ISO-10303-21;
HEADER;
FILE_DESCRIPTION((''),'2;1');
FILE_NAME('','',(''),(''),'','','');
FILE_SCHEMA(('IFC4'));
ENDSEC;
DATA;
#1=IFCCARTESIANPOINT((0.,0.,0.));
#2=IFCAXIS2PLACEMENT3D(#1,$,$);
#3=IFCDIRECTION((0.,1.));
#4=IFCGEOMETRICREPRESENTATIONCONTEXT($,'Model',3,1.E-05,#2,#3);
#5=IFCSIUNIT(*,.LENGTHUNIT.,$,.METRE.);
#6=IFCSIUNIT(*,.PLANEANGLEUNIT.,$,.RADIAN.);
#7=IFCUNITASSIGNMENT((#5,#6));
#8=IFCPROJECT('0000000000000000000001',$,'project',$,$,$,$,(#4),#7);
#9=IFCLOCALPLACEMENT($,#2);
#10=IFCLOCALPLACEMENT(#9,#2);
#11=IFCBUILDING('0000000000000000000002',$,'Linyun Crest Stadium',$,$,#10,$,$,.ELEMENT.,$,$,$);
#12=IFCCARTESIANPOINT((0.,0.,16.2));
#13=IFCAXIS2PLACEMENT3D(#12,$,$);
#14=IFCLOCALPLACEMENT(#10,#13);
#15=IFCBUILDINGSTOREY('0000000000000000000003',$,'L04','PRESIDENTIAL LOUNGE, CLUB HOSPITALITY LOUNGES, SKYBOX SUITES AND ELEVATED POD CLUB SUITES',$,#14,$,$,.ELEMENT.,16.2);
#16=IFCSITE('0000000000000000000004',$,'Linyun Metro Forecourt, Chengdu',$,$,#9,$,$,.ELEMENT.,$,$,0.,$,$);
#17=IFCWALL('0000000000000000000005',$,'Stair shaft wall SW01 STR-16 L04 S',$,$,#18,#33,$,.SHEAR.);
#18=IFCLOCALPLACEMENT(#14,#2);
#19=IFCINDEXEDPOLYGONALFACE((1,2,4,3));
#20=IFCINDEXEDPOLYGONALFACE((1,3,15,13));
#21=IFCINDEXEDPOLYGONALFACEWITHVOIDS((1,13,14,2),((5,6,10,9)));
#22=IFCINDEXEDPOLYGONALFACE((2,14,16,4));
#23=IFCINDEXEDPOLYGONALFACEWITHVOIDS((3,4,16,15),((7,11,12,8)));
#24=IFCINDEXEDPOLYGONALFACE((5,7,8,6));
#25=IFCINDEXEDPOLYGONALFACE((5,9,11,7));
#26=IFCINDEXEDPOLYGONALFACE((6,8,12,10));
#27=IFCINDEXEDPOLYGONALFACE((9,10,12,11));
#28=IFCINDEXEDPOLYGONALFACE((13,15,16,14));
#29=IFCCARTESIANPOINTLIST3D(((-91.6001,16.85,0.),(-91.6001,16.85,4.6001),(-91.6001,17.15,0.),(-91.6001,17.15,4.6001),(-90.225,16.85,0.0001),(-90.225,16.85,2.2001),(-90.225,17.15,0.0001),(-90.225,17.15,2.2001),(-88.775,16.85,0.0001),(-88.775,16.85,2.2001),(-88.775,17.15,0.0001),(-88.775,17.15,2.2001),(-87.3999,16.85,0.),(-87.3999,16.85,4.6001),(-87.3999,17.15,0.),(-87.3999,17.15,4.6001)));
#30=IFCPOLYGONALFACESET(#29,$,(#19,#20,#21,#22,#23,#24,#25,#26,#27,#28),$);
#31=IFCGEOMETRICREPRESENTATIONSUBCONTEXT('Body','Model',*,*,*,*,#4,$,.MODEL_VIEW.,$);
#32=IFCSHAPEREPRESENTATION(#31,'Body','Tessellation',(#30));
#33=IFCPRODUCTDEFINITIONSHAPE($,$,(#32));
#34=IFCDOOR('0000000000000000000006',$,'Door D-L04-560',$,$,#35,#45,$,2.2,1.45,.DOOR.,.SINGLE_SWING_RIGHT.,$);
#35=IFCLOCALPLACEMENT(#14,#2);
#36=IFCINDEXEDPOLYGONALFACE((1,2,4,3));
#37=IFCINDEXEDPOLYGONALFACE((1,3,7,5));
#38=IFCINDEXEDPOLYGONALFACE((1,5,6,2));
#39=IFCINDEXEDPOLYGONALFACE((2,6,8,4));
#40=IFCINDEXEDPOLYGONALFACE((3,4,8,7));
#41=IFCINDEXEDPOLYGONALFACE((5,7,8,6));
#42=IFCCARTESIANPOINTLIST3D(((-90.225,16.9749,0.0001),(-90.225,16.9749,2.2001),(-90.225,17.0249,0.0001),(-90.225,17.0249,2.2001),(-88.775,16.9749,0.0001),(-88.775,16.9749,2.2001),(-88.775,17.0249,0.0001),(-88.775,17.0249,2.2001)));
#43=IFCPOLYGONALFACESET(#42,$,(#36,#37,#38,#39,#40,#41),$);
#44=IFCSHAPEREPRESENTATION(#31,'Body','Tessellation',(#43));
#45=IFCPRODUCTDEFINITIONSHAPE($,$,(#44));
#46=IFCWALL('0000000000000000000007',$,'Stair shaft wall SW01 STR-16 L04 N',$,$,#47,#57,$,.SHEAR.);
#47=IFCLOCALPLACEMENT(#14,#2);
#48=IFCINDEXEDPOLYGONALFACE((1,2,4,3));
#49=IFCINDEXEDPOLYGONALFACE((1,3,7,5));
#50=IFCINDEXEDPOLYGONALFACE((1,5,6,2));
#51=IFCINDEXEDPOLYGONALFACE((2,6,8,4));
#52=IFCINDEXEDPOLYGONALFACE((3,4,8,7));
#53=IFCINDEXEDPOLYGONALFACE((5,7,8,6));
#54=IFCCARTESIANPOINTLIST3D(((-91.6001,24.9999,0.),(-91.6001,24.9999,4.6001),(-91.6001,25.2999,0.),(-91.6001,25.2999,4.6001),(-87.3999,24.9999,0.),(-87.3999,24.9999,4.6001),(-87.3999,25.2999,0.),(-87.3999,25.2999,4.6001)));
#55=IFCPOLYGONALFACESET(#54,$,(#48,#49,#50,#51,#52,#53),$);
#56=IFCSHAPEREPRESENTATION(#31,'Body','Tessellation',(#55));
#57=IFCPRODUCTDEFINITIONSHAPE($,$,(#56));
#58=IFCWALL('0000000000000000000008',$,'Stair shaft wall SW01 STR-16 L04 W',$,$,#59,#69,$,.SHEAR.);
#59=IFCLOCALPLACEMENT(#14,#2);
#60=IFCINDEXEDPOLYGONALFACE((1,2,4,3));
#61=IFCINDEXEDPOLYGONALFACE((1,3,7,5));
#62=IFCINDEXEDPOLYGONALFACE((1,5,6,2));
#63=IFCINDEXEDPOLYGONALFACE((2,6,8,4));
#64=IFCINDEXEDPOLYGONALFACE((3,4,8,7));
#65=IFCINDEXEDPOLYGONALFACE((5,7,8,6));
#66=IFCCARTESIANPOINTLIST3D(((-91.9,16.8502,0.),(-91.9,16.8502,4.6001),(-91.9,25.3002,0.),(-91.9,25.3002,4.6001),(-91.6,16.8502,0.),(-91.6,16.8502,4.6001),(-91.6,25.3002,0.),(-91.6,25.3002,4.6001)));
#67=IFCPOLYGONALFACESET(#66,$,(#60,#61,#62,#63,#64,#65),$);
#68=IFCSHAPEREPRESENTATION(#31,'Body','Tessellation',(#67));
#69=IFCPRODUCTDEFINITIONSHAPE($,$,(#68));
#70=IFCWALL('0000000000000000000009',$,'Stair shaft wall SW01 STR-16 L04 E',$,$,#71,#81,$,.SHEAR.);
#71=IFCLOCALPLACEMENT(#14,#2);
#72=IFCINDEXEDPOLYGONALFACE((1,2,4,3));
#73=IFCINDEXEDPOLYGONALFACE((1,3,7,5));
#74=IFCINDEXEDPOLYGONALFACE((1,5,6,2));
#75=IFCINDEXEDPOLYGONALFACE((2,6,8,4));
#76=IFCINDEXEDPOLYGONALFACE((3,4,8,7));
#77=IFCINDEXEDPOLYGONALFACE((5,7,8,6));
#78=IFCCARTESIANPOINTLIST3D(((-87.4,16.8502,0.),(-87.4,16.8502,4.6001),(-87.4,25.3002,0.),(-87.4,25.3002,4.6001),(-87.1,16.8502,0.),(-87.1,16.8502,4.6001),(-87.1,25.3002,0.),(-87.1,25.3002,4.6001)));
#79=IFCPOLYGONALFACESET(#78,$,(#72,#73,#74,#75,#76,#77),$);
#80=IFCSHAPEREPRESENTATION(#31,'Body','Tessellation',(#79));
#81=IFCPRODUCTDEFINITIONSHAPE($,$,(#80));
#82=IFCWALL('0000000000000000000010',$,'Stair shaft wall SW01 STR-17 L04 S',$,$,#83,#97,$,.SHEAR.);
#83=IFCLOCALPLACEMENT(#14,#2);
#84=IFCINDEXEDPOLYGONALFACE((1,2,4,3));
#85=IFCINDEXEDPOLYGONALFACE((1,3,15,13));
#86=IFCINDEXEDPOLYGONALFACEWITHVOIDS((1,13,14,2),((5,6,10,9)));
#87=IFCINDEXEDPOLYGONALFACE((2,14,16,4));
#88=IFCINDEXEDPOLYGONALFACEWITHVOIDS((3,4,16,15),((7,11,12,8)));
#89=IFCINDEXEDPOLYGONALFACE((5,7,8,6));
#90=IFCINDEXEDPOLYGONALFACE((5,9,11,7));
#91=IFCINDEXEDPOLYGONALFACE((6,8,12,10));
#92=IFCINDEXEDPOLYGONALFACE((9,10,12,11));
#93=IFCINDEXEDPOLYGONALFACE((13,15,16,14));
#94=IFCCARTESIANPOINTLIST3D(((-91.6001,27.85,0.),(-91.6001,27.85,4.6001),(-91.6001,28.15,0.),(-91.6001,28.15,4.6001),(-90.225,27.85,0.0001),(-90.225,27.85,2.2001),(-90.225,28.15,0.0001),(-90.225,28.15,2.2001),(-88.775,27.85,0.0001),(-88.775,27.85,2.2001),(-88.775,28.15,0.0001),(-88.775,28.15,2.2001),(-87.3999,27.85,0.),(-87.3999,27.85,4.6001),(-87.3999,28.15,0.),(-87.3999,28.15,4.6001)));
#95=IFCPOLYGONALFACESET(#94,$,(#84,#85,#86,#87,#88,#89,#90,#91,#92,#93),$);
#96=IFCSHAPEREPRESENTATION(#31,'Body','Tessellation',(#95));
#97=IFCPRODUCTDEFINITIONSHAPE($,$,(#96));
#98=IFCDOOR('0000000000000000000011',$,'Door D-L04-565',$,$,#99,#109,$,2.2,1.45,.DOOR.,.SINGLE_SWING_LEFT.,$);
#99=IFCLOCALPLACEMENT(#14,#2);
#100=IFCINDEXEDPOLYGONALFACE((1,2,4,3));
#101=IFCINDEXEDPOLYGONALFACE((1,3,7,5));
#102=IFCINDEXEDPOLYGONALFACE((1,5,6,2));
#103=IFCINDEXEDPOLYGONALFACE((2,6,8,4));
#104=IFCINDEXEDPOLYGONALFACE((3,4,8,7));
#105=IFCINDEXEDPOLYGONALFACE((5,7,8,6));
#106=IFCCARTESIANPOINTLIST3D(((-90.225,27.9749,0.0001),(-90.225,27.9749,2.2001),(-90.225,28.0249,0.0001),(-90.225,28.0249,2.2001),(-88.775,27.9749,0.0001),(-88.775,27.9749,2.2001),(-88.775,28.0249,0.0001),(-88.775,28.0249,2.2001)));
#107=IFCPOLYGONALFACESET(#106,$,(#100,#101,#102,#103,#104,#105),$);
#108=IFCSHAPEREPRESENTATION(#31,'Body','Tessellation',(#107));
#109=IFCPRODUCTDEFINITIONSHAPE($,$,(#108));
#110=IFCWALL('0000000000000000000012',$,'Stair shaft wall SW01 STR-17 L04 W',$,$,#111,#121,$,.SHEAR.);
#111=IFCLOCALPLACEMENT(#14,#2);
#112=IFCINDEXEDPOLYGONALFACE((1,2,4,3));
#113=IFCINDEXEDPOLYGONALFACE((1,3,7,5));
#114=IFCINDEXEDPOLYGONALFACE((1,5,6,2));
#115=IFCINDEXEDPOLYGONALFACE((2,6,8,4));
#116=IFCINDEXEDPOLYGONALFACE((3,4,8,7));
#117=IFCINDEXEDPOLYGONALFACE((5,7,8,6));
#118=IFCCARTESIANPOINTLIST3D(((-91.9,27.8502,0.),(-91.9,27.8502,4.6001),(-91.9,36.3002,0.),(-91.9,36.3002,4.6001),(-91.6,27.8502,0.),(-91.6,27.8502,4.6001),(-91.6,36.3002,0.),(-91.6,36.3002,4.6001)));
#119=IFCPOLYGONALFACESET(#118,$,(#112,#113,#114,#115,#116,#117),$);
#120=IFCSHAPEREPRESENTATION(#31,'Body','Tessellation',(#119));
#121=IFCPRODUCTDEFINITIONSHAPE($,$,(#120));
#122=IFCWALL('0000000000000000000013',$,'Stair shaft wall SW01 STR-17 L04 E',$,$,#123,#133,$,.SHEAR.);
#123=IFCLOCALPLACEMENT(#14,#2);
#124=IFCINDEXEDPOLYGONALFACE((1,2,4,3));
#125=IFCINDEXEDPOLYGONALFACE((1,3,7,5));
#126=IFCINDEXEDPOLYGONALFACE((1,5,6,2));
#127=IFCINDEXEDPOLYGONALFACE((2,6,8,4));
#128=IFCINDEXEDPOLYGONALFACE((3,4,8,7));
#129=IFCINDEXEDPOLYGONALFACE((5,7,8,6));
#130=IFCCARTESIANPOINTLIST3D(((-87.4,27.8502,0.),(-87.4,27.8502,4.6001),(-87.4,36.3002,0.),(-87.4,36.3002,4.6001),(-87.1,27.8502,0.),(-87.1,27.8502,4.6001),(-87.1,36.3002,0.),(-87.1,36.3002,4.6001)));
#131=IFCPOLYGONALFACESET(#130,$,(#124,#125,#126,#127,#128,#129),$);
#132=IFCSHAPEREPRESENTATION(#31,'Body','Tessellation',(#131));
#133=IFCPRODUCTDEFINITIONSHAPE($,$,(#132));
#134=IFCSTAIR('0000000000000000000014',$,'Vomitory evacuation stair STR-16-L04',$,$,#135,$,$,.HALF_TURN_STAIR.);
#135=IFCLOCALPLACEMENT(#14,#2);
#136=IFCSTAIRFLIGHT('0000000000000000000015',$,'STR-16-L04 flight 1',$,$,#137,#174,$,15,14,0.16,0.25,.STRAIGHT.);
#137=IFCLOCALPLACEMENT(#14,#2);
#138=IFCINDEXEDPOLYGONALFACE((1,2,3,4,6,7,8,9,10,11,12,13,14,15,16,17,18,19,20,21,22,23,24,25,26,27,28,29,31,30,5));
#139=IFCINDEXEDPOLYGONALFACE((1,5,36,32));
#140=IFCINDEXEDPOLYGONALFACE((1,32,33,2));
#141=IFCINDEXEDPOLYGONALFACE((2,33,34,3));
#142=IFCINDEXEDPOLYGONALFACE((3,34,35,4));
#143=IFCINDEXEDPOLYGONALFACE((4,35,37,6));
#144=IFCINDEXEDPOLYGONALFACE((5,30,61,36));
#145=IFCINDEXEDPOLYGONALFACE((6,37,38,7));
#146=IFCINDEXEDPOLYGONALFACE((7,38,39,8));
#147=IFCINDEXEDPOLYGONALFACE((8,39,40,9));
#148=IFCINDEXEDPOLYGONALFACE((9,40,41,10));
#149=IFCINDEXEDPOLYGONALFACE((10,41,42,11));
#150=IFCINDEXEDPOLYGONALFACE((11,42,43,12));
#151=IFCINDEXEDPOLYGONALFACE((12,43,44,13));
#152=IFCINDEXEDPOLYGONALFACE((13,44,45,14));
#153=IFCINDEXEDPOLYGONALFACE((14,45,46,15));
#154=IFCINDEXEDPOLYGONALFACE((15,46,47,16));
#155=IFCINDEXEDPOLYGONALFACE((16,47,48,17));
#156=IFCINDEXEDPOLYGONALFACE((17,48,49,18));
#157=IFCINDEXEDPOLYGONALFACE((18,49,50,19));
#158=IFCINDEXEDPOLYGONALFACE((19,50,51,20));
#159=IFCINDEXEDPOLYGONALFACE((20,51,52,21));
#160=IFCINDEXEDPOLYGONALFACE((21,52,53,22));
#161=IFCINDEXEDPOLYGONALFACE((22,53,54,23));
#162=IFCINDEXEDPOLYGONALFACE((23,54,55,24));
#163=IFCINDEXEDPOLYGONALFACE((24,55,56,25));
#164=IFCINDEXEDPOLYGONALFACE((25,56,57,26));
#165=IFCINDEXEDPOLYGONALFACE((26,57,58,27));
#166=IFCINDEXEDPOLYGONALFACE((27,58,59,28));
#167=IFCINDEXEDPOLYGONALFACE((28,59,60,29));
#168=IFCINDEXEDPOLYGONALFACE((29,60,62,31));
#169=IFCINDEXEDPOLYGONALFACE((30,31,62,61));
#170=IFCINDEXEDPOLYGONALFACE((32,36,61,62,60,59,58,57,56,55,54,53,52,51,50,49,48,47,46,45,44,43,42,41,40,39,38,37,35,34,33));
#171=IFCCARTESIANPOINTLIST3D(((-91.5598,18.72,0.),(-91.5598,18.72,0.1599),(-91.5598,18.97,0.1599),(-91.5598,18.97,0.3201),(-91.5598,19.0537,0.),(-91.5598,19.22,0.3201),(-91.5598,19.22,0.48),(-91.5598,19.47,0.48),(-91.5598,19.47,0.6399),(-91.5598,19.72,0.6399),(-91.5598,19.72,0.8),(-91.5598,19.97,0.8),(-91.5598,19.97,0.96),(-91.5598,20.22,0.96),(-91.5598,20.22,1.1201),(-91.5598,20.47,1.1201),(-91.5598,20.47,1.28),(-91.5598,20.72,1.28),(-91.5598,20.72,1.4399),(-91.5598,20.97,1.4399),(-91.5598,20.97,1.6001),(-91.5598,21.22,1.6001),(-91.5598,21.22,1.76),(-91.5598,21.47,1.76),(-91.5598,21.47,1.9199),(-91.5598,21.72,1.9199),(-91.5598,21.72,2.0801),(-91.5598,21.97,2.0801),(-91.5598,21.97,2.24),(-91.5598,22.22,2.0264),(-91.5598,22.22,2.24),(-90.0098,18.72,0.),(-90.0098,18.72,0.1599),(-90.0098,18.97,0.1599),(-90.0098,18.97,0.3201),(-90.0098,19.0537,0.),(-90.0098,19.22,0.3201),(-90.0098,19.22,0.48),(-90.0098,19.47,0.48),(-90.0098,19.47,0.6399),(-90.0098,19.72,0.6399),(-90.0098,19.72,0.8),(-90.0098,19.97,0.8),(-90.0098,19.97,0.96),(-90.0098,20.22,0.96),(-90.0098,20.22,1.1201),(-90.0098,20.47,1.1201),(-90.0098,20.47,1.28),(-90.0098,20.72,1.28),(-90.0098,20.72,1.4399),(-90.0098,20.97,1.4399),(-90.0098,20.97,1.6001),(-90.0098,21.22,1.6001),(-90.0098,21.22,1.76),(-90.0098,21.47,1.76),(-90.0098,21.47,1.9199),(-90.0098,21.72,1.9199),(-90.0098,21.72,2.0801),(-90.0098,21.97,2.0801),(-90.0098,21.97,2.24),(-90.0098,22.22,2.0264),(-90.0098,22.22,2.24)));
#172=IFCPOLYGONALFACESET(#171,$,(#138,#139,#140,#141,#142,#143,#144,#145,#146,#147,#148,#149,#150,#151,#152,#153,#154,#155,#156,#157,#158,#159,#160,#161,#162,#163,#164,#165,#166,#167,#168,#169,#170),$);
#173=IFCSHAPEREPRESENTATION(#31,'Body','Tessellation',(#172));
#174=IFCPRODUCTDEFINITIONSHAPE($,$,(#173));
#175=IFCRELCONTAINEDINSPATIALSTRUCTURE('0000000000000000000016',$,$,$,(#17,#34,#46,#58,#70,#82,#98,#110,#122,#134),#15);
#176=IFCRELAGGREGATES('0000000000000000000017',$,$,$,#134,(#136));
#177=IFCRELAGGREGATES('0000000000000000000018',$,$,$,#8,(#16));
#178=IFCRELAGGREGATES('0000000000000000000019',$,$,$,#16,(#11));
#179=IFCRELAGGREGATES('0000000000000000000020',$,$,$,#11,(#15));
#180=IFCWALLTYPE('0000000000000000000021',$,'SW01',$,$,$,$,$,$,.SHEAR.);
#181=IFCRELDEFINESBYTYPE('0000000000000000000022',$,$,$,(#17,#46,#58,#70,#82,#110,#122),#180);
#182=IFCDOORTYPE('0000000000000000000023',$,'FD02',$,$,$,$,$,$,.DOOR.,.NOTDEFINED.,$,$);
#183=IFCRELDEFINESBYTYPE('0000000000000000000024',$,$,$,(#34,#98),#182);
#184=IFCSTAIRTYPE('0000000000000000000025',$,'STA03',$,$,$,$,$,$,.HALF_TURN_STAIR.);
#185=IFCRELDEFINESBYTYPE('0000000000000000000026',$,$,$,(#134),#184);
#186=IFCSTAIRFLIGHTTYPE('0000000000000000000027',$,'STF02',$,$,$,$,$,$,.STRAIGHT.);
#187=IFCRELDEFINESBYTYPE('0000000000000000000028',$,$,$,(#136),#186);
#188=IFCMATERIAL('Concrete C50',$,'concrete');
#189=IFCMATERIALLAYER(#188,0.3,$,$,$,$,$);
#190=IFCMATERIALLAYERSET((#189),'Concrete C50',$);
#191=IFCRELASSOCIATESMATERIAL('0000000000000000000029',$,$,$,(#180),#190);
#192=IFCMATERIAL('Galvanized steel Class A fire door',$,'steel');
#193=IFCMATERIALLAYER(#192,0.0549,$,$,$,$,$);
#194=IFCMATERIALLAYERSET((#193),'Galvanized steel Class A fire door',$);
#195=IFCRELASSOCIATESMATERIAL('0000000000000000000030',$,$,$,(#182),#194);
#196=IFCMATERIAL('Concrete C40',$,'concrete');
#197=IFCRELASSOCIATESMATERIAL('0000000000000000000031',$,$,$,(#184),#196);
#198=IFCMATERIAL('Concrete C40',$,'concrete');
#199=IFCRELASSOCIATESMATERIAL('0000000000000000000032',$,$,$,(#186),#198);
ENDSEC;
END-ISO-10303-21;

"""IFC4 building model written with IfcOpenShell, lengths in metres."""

from ifc_helpers import new_model, si_unit, direction, frame, frame_2d, origin, place, context, subcontext, project, spatial, polyline, rectangle, outline, extrude, material, layer, layer_set, type_object, element, fill, aggregate, save


model = new_model("IFC4")

# Units and contexts
model_context = context("Model", 3, precision=1e-05, world=origin(), true_north=direction((0.0, 1.0)))
body_context = subcontext(model_context, "Body", "Model", "MODEL_VIEW")
ifc_project = project(units=[si_unit("LENGTHUNIT", "METRE"), si_unit("PLANEANGLEUNIT", "RADIAN")], contexts=[model_context])

# Site, building, storey
site_placement = place(None, origin())
site = spatial("IfcSite", under=ifc_project, at=site_placement, Name="Linyun Metro Forecourt, Chengdu", CompositionType="ELEMENT", RefElevation=0.0)
building_placement = place(site_placement, origin())
building = spatial("IfcBuilding", under=site, at=building_placement, Name="Linyun Crest Stadium", CompositionType="ELEMENT")
storey_placement = place(building_placement, frame((0.0, 0.0, 16.2)))
storey = spatial("IfcBuildingStorey", under=building, at=storey_placement, Name="L04", Description="PRESIDENTIAL LOUNGE, CLUB HOSPITALITY LOUNGES, SKYBOX SUITES AND ELEVATED POD CLUB SUITES", CompositionType="ELEMENT", Elevation=16.2)

# Wall, opening, door
ifc_material_1 = material(Name="Concrete C50", Category="concrete")
ifc_layer_1 = layer(ifc_material_1, 0.3)
ifc_layer_set_1 = layer_set([ifc_layer_1], Name="Concrete C50")
wall_type = type_object("IfcWallType", Name="SW01", PredefinedType="SHEAR", material=ifc_layer_set_1)
wall_1_placement = place(storey_placement, frame((-91.6001, 17.0, 0.0), z_axis=(0.0, 0.0, 1.0), x_axis=(1.0, 0.0, 0.0)))
wall_1 = element("IfcWall", 1, at=wall_1_placement, inside=storey, type_object=wall_type, Name="Stair shaft wall SW01 STR-16 L04 S", PredefinedType="SHEAR", context=body_context, shape_type="SweptSolid", body=[
    extrude(rectangle(XDim=4.2002, YDim=0.3, at=frame_2d((2.1001, 0.0))), origin(), (0.0, 0.0, 1.0), 4.6001),
])
opening_1_placement = place(wall_1_placement, frame((1.375, 0.0, 0.0)))
opening_1 = element("IfcOpeningElement", 2, at=opening_1_placement, cuts=wall_1, PredefinedType="OPENING", context=body_context, shape_type="SweptSolid", body=[
    extrude(rectangle(XDim=1.45, YDim=2.2, at=frame_2d((0.7251, 1.1001))), frame((0.0, 0.1599, 0.0), z_axis=(0.0, -1.0, 0.0), x_axis=(1.0, 0.0, 0.0)), (0.0, 0.0, 1.0), 0.3201),
])
ifc_material_2 = material(Name="Galvanized steel Class A fire door", Category="steel")
ifc_layer_2 = layer(ifc_material_2, 0.0549)
ifc_layer_set_2 = layer_set([ifc_layer_2], Name="Galvanized steel Class A fire door")
door_type = type_object("IfcDoorType", Name="FD02", OperationType="NOTDEFINED", PredefinedType="DOOR", material=ifc_layer_set_2)
door_1_placement = place(opening_1_placement, origin())
door_1 = element("IfcDoor", 3, at=door_1_placement, inside=storey, type_object=door_type, Name="Door D-L04-560", OperationType="SINGLE_SWING_RIGHT", OverallHeight=2.2, OverallWidth=1.45, PredefinedType="DOOR", context=body_context, shape_type="SweptSolid", body=[
    extrude(rectangle(XDim=1.45, YDim=2.2, at=frame_2d((0.7251, 1.1001))), frame((0.0, 0.0249, 0.0), z_axis=(0.0, -1.0, 0.0), x_axis=(1.0, 0.0, 0.0)), (0.0, 0.0, 1.0), 0.05),
])
fill(opening_1, door_1)

# Walls
wall_2_placement = place(storey_placement, frame((-91.6001, 25.1499, 0.0), z_axis=(0.0, 0.0, 1.0), x_axis=(1.0, 0.0, 0.0)))
element("IfcWall", 4, at=wall_2_placement, inside=storey, type_object=wall_type, Name="Stair shaft wall SW01 STR-16 L04 N", PredefinedType="SHEAR", context=body_context, shape_type="SweptSolid", body=[
    extrude(rectangle(XDim=4.2002, YDim=0.3, at=frame_2d((2.1001, 0.0))), origin(), (0.0, 0.0, 1.0), 4.6001),
])
for number, where, z_axis, x_axis, name in (
    (5, (-91.75, 16.8501, 0.0), (0.0, 0.0, 1.0), (0.0, 1.0, 0.0), "Stair shaft wall SW01 STR-16 L04 W"),
    (6, (-87.25, 16.8501, 0.0), (0.0, 0.0, 1.0), (0.0, 1.0, 0.0), "Stair shaft wall SW01 STR-16 L04 E"),
):
    element("IfcWall", number, at=place(storey_placement, frame(where, z_axis=z_axis, x_axis=x_axis)), inside=storey, type_object=wall_type, Name=name, PredefinedType="SHEAR", context=body_context, shape_type="SweptSolid", body=[
        extrude(rectangle(XDim=8.45, YDim=0.3, at=frame_2d((4.2251, 0.0))), origin(), (0.0, 0.0, 1.0), 4.6001),
    ])

# Wall, opening, door
wall_3_placement = place(storey_placement, frame((-91.6001, 28.0, 0.0), z_axis=(0.0, 0.0, 1.0), x_axis=(1.0, 0.0, 0.0)))
wall_3 = element("IfcWall", 7, at=wall_3_placement, inside=storey, type_object=wall_type, Name="Stair shaft wall SW01 STR-17 L04 S", PredefinedType="SHEAR", context=body_context, shape_type="SweptSolid", body=[
    extrude(rectangle(XDim=4.2002, YDim=0.3, at=frame_2d((2.1001, 0.0))), origin(), (0.0, 0.0, 1.0), 4.6001),
])
opening_2_placement = place(wall_3_placement, frame((1.375, 0.0, 0.0)))
opening_2 = element("IfcOpeningElement", 8, at=opening_2_placement, cuts=wall_3, PredefinedType="OPENING", context=body_context, shape_type="SweptSolid", body=[
    extrude(rectangle(XDim=1.45, YDim=2.2, at=frame_2d((0.7251, 1.1001))), frame((0.0, 0.1599, 0.0), z_axis=(0.0, -1.0, 0.0), x_axis=(1.0, 0.0, 0.0)), (0.0, 0.0, 1.0), 0.3201),
])
door_2_placement = place(opening_2_placement, origin())
door_2 = element("IfcDoor", 9, at=door_2_placement, inside=storey, type_object=door_type, Name="Door D-L04-565", OperationType="SINGLE_SWING_LEFT", OverallHeight=2.2, OverallWidth=1.45, PredefinedType="DOOR", context=body_context, shape_type="SweptSolid", body=[
    extrude(rectangle(XDim=1.45, YDim=2.2, at=frame_2d((0.7251, 1.1001))), frame((0.0, 0.0249, 0.0), z_axis=(0.0, -1.0, 0.0), x_axis=(1.0, 0.0, 0.0)), (0.0, 0.0, 1.0), 0.05),
])
fill(opening_2, door_2)

# Walls
for number, where, z_axis, x_axis, name in (
    (10, (-91.75, 27.8501, 0.0), (0.0, 0.0, 1.0), (0.0, 1.0, 0.0), "Stair shaft wall SW01 STR-17 L04 W"),
    (11, (-87.25, 27.8501, 0.0), (0.0, 0.0, 1.0), (0.0, 1.0, 0.0), "Stair shaft wall SW01 STR-17 L04 E"),
):
    element("IfcWall", number, at=place(storey_placement, frame(where, z_axis=z_axis, x_axis=x_axis)), inside=storey, type_object=wall_type, Name=name, PredefinedType="SHEAR", context=body_context, shape_type="SweptSolid", body=[
        extrude(rectangle(XDim=8.45, YDim=0.3, at=frame_2d((4.2251, 0.0))), origin(), (0.0, 0.0, 1.0), 4.6001),
    ])

# Stair, stair flight
ifc_material_3 = material(Name="Concrete C40", Category="concrete")
stair_type = type_object("IfcStairType", Name="STA03", PredefinedType="HALF_TURN_STAIR", material=ifc_material_3)
stair_1_placement = place(storey_placement, origin())
stair_1 = element("IfcStair", 12, at=stair_1_placement, inside=storey, type_object=stair_type, Name="Vomitory evacuation stair STR-16-L04", PredefinedType="HALF_TURN_STAIR")
ifc_material_4 = material(Name="Concrete C40", Category="concrete")
stair_flight_type = type_object("IfcStairFlightType", Name="STF02", PredefinedType="STRAIGHT", material=ifc_material_4)
stair_flight_1_placement = place(storey_placement, frame((-90.7849, 18.72, 0.0), z_axis=(0.0, 0.0, 1.0), x_axis=(0.0, 1.0, 0.0)))
stair_flight_1 = element("IfcStairFlight", 13, at=stair_flight_1_placement, type_object=stair_flight_type, Name="STR-16-L04 flight 1", NumberOfRisers=15, NumberOfTreads=14, PredefinedType="STRAIGHT", RiserHeight=0.16, TreadLength=0.25, context=body_context, shape_type="SweptSolid", body=[
    extrude(outline(polyline([(0.0, 0.0), (0.0, 0.1599), (0.25, 0.1599), (0.25, 0.3201), (0.5, 0.3201), (0.5, 0.48), (0.75, 0.48), (0.75, 0.6399), (1.0, 0.6399), (1.0, 0.8), (1.25, 0.8), (1.25, 0.96), (1.5, 0.96), (1.5, 1.1201), (1.75, 1.1201), (1.75, 1.28), (2.0, 1.28), (2.0, 1.4399), (2.25, 1.4399), (2.25, 1.6001), (2.5, 1.6001), (2.5, 1.76), (2.75, 1.76), (2.75, 1.9199), (3.0, 1.9199), (3.0, 2.0801), (3.25, 2.0801), (3.25, 2.24), (3.5, 2.24), (3.5, 2.3999), (3.5, 2.0264), (0.3337, 0.0), (0.0, 0.0)])), frame((0.0, 0.7749, 0.0), z_axis=(0.0, -1.0, 0.0), x_axis=(1.0, 0.0, 0.0)), (0.0, 0.0, 1.0), 1.55),
])
aggregate(stair_1, [stair_flight_1])

save(model, "model.ifc")
